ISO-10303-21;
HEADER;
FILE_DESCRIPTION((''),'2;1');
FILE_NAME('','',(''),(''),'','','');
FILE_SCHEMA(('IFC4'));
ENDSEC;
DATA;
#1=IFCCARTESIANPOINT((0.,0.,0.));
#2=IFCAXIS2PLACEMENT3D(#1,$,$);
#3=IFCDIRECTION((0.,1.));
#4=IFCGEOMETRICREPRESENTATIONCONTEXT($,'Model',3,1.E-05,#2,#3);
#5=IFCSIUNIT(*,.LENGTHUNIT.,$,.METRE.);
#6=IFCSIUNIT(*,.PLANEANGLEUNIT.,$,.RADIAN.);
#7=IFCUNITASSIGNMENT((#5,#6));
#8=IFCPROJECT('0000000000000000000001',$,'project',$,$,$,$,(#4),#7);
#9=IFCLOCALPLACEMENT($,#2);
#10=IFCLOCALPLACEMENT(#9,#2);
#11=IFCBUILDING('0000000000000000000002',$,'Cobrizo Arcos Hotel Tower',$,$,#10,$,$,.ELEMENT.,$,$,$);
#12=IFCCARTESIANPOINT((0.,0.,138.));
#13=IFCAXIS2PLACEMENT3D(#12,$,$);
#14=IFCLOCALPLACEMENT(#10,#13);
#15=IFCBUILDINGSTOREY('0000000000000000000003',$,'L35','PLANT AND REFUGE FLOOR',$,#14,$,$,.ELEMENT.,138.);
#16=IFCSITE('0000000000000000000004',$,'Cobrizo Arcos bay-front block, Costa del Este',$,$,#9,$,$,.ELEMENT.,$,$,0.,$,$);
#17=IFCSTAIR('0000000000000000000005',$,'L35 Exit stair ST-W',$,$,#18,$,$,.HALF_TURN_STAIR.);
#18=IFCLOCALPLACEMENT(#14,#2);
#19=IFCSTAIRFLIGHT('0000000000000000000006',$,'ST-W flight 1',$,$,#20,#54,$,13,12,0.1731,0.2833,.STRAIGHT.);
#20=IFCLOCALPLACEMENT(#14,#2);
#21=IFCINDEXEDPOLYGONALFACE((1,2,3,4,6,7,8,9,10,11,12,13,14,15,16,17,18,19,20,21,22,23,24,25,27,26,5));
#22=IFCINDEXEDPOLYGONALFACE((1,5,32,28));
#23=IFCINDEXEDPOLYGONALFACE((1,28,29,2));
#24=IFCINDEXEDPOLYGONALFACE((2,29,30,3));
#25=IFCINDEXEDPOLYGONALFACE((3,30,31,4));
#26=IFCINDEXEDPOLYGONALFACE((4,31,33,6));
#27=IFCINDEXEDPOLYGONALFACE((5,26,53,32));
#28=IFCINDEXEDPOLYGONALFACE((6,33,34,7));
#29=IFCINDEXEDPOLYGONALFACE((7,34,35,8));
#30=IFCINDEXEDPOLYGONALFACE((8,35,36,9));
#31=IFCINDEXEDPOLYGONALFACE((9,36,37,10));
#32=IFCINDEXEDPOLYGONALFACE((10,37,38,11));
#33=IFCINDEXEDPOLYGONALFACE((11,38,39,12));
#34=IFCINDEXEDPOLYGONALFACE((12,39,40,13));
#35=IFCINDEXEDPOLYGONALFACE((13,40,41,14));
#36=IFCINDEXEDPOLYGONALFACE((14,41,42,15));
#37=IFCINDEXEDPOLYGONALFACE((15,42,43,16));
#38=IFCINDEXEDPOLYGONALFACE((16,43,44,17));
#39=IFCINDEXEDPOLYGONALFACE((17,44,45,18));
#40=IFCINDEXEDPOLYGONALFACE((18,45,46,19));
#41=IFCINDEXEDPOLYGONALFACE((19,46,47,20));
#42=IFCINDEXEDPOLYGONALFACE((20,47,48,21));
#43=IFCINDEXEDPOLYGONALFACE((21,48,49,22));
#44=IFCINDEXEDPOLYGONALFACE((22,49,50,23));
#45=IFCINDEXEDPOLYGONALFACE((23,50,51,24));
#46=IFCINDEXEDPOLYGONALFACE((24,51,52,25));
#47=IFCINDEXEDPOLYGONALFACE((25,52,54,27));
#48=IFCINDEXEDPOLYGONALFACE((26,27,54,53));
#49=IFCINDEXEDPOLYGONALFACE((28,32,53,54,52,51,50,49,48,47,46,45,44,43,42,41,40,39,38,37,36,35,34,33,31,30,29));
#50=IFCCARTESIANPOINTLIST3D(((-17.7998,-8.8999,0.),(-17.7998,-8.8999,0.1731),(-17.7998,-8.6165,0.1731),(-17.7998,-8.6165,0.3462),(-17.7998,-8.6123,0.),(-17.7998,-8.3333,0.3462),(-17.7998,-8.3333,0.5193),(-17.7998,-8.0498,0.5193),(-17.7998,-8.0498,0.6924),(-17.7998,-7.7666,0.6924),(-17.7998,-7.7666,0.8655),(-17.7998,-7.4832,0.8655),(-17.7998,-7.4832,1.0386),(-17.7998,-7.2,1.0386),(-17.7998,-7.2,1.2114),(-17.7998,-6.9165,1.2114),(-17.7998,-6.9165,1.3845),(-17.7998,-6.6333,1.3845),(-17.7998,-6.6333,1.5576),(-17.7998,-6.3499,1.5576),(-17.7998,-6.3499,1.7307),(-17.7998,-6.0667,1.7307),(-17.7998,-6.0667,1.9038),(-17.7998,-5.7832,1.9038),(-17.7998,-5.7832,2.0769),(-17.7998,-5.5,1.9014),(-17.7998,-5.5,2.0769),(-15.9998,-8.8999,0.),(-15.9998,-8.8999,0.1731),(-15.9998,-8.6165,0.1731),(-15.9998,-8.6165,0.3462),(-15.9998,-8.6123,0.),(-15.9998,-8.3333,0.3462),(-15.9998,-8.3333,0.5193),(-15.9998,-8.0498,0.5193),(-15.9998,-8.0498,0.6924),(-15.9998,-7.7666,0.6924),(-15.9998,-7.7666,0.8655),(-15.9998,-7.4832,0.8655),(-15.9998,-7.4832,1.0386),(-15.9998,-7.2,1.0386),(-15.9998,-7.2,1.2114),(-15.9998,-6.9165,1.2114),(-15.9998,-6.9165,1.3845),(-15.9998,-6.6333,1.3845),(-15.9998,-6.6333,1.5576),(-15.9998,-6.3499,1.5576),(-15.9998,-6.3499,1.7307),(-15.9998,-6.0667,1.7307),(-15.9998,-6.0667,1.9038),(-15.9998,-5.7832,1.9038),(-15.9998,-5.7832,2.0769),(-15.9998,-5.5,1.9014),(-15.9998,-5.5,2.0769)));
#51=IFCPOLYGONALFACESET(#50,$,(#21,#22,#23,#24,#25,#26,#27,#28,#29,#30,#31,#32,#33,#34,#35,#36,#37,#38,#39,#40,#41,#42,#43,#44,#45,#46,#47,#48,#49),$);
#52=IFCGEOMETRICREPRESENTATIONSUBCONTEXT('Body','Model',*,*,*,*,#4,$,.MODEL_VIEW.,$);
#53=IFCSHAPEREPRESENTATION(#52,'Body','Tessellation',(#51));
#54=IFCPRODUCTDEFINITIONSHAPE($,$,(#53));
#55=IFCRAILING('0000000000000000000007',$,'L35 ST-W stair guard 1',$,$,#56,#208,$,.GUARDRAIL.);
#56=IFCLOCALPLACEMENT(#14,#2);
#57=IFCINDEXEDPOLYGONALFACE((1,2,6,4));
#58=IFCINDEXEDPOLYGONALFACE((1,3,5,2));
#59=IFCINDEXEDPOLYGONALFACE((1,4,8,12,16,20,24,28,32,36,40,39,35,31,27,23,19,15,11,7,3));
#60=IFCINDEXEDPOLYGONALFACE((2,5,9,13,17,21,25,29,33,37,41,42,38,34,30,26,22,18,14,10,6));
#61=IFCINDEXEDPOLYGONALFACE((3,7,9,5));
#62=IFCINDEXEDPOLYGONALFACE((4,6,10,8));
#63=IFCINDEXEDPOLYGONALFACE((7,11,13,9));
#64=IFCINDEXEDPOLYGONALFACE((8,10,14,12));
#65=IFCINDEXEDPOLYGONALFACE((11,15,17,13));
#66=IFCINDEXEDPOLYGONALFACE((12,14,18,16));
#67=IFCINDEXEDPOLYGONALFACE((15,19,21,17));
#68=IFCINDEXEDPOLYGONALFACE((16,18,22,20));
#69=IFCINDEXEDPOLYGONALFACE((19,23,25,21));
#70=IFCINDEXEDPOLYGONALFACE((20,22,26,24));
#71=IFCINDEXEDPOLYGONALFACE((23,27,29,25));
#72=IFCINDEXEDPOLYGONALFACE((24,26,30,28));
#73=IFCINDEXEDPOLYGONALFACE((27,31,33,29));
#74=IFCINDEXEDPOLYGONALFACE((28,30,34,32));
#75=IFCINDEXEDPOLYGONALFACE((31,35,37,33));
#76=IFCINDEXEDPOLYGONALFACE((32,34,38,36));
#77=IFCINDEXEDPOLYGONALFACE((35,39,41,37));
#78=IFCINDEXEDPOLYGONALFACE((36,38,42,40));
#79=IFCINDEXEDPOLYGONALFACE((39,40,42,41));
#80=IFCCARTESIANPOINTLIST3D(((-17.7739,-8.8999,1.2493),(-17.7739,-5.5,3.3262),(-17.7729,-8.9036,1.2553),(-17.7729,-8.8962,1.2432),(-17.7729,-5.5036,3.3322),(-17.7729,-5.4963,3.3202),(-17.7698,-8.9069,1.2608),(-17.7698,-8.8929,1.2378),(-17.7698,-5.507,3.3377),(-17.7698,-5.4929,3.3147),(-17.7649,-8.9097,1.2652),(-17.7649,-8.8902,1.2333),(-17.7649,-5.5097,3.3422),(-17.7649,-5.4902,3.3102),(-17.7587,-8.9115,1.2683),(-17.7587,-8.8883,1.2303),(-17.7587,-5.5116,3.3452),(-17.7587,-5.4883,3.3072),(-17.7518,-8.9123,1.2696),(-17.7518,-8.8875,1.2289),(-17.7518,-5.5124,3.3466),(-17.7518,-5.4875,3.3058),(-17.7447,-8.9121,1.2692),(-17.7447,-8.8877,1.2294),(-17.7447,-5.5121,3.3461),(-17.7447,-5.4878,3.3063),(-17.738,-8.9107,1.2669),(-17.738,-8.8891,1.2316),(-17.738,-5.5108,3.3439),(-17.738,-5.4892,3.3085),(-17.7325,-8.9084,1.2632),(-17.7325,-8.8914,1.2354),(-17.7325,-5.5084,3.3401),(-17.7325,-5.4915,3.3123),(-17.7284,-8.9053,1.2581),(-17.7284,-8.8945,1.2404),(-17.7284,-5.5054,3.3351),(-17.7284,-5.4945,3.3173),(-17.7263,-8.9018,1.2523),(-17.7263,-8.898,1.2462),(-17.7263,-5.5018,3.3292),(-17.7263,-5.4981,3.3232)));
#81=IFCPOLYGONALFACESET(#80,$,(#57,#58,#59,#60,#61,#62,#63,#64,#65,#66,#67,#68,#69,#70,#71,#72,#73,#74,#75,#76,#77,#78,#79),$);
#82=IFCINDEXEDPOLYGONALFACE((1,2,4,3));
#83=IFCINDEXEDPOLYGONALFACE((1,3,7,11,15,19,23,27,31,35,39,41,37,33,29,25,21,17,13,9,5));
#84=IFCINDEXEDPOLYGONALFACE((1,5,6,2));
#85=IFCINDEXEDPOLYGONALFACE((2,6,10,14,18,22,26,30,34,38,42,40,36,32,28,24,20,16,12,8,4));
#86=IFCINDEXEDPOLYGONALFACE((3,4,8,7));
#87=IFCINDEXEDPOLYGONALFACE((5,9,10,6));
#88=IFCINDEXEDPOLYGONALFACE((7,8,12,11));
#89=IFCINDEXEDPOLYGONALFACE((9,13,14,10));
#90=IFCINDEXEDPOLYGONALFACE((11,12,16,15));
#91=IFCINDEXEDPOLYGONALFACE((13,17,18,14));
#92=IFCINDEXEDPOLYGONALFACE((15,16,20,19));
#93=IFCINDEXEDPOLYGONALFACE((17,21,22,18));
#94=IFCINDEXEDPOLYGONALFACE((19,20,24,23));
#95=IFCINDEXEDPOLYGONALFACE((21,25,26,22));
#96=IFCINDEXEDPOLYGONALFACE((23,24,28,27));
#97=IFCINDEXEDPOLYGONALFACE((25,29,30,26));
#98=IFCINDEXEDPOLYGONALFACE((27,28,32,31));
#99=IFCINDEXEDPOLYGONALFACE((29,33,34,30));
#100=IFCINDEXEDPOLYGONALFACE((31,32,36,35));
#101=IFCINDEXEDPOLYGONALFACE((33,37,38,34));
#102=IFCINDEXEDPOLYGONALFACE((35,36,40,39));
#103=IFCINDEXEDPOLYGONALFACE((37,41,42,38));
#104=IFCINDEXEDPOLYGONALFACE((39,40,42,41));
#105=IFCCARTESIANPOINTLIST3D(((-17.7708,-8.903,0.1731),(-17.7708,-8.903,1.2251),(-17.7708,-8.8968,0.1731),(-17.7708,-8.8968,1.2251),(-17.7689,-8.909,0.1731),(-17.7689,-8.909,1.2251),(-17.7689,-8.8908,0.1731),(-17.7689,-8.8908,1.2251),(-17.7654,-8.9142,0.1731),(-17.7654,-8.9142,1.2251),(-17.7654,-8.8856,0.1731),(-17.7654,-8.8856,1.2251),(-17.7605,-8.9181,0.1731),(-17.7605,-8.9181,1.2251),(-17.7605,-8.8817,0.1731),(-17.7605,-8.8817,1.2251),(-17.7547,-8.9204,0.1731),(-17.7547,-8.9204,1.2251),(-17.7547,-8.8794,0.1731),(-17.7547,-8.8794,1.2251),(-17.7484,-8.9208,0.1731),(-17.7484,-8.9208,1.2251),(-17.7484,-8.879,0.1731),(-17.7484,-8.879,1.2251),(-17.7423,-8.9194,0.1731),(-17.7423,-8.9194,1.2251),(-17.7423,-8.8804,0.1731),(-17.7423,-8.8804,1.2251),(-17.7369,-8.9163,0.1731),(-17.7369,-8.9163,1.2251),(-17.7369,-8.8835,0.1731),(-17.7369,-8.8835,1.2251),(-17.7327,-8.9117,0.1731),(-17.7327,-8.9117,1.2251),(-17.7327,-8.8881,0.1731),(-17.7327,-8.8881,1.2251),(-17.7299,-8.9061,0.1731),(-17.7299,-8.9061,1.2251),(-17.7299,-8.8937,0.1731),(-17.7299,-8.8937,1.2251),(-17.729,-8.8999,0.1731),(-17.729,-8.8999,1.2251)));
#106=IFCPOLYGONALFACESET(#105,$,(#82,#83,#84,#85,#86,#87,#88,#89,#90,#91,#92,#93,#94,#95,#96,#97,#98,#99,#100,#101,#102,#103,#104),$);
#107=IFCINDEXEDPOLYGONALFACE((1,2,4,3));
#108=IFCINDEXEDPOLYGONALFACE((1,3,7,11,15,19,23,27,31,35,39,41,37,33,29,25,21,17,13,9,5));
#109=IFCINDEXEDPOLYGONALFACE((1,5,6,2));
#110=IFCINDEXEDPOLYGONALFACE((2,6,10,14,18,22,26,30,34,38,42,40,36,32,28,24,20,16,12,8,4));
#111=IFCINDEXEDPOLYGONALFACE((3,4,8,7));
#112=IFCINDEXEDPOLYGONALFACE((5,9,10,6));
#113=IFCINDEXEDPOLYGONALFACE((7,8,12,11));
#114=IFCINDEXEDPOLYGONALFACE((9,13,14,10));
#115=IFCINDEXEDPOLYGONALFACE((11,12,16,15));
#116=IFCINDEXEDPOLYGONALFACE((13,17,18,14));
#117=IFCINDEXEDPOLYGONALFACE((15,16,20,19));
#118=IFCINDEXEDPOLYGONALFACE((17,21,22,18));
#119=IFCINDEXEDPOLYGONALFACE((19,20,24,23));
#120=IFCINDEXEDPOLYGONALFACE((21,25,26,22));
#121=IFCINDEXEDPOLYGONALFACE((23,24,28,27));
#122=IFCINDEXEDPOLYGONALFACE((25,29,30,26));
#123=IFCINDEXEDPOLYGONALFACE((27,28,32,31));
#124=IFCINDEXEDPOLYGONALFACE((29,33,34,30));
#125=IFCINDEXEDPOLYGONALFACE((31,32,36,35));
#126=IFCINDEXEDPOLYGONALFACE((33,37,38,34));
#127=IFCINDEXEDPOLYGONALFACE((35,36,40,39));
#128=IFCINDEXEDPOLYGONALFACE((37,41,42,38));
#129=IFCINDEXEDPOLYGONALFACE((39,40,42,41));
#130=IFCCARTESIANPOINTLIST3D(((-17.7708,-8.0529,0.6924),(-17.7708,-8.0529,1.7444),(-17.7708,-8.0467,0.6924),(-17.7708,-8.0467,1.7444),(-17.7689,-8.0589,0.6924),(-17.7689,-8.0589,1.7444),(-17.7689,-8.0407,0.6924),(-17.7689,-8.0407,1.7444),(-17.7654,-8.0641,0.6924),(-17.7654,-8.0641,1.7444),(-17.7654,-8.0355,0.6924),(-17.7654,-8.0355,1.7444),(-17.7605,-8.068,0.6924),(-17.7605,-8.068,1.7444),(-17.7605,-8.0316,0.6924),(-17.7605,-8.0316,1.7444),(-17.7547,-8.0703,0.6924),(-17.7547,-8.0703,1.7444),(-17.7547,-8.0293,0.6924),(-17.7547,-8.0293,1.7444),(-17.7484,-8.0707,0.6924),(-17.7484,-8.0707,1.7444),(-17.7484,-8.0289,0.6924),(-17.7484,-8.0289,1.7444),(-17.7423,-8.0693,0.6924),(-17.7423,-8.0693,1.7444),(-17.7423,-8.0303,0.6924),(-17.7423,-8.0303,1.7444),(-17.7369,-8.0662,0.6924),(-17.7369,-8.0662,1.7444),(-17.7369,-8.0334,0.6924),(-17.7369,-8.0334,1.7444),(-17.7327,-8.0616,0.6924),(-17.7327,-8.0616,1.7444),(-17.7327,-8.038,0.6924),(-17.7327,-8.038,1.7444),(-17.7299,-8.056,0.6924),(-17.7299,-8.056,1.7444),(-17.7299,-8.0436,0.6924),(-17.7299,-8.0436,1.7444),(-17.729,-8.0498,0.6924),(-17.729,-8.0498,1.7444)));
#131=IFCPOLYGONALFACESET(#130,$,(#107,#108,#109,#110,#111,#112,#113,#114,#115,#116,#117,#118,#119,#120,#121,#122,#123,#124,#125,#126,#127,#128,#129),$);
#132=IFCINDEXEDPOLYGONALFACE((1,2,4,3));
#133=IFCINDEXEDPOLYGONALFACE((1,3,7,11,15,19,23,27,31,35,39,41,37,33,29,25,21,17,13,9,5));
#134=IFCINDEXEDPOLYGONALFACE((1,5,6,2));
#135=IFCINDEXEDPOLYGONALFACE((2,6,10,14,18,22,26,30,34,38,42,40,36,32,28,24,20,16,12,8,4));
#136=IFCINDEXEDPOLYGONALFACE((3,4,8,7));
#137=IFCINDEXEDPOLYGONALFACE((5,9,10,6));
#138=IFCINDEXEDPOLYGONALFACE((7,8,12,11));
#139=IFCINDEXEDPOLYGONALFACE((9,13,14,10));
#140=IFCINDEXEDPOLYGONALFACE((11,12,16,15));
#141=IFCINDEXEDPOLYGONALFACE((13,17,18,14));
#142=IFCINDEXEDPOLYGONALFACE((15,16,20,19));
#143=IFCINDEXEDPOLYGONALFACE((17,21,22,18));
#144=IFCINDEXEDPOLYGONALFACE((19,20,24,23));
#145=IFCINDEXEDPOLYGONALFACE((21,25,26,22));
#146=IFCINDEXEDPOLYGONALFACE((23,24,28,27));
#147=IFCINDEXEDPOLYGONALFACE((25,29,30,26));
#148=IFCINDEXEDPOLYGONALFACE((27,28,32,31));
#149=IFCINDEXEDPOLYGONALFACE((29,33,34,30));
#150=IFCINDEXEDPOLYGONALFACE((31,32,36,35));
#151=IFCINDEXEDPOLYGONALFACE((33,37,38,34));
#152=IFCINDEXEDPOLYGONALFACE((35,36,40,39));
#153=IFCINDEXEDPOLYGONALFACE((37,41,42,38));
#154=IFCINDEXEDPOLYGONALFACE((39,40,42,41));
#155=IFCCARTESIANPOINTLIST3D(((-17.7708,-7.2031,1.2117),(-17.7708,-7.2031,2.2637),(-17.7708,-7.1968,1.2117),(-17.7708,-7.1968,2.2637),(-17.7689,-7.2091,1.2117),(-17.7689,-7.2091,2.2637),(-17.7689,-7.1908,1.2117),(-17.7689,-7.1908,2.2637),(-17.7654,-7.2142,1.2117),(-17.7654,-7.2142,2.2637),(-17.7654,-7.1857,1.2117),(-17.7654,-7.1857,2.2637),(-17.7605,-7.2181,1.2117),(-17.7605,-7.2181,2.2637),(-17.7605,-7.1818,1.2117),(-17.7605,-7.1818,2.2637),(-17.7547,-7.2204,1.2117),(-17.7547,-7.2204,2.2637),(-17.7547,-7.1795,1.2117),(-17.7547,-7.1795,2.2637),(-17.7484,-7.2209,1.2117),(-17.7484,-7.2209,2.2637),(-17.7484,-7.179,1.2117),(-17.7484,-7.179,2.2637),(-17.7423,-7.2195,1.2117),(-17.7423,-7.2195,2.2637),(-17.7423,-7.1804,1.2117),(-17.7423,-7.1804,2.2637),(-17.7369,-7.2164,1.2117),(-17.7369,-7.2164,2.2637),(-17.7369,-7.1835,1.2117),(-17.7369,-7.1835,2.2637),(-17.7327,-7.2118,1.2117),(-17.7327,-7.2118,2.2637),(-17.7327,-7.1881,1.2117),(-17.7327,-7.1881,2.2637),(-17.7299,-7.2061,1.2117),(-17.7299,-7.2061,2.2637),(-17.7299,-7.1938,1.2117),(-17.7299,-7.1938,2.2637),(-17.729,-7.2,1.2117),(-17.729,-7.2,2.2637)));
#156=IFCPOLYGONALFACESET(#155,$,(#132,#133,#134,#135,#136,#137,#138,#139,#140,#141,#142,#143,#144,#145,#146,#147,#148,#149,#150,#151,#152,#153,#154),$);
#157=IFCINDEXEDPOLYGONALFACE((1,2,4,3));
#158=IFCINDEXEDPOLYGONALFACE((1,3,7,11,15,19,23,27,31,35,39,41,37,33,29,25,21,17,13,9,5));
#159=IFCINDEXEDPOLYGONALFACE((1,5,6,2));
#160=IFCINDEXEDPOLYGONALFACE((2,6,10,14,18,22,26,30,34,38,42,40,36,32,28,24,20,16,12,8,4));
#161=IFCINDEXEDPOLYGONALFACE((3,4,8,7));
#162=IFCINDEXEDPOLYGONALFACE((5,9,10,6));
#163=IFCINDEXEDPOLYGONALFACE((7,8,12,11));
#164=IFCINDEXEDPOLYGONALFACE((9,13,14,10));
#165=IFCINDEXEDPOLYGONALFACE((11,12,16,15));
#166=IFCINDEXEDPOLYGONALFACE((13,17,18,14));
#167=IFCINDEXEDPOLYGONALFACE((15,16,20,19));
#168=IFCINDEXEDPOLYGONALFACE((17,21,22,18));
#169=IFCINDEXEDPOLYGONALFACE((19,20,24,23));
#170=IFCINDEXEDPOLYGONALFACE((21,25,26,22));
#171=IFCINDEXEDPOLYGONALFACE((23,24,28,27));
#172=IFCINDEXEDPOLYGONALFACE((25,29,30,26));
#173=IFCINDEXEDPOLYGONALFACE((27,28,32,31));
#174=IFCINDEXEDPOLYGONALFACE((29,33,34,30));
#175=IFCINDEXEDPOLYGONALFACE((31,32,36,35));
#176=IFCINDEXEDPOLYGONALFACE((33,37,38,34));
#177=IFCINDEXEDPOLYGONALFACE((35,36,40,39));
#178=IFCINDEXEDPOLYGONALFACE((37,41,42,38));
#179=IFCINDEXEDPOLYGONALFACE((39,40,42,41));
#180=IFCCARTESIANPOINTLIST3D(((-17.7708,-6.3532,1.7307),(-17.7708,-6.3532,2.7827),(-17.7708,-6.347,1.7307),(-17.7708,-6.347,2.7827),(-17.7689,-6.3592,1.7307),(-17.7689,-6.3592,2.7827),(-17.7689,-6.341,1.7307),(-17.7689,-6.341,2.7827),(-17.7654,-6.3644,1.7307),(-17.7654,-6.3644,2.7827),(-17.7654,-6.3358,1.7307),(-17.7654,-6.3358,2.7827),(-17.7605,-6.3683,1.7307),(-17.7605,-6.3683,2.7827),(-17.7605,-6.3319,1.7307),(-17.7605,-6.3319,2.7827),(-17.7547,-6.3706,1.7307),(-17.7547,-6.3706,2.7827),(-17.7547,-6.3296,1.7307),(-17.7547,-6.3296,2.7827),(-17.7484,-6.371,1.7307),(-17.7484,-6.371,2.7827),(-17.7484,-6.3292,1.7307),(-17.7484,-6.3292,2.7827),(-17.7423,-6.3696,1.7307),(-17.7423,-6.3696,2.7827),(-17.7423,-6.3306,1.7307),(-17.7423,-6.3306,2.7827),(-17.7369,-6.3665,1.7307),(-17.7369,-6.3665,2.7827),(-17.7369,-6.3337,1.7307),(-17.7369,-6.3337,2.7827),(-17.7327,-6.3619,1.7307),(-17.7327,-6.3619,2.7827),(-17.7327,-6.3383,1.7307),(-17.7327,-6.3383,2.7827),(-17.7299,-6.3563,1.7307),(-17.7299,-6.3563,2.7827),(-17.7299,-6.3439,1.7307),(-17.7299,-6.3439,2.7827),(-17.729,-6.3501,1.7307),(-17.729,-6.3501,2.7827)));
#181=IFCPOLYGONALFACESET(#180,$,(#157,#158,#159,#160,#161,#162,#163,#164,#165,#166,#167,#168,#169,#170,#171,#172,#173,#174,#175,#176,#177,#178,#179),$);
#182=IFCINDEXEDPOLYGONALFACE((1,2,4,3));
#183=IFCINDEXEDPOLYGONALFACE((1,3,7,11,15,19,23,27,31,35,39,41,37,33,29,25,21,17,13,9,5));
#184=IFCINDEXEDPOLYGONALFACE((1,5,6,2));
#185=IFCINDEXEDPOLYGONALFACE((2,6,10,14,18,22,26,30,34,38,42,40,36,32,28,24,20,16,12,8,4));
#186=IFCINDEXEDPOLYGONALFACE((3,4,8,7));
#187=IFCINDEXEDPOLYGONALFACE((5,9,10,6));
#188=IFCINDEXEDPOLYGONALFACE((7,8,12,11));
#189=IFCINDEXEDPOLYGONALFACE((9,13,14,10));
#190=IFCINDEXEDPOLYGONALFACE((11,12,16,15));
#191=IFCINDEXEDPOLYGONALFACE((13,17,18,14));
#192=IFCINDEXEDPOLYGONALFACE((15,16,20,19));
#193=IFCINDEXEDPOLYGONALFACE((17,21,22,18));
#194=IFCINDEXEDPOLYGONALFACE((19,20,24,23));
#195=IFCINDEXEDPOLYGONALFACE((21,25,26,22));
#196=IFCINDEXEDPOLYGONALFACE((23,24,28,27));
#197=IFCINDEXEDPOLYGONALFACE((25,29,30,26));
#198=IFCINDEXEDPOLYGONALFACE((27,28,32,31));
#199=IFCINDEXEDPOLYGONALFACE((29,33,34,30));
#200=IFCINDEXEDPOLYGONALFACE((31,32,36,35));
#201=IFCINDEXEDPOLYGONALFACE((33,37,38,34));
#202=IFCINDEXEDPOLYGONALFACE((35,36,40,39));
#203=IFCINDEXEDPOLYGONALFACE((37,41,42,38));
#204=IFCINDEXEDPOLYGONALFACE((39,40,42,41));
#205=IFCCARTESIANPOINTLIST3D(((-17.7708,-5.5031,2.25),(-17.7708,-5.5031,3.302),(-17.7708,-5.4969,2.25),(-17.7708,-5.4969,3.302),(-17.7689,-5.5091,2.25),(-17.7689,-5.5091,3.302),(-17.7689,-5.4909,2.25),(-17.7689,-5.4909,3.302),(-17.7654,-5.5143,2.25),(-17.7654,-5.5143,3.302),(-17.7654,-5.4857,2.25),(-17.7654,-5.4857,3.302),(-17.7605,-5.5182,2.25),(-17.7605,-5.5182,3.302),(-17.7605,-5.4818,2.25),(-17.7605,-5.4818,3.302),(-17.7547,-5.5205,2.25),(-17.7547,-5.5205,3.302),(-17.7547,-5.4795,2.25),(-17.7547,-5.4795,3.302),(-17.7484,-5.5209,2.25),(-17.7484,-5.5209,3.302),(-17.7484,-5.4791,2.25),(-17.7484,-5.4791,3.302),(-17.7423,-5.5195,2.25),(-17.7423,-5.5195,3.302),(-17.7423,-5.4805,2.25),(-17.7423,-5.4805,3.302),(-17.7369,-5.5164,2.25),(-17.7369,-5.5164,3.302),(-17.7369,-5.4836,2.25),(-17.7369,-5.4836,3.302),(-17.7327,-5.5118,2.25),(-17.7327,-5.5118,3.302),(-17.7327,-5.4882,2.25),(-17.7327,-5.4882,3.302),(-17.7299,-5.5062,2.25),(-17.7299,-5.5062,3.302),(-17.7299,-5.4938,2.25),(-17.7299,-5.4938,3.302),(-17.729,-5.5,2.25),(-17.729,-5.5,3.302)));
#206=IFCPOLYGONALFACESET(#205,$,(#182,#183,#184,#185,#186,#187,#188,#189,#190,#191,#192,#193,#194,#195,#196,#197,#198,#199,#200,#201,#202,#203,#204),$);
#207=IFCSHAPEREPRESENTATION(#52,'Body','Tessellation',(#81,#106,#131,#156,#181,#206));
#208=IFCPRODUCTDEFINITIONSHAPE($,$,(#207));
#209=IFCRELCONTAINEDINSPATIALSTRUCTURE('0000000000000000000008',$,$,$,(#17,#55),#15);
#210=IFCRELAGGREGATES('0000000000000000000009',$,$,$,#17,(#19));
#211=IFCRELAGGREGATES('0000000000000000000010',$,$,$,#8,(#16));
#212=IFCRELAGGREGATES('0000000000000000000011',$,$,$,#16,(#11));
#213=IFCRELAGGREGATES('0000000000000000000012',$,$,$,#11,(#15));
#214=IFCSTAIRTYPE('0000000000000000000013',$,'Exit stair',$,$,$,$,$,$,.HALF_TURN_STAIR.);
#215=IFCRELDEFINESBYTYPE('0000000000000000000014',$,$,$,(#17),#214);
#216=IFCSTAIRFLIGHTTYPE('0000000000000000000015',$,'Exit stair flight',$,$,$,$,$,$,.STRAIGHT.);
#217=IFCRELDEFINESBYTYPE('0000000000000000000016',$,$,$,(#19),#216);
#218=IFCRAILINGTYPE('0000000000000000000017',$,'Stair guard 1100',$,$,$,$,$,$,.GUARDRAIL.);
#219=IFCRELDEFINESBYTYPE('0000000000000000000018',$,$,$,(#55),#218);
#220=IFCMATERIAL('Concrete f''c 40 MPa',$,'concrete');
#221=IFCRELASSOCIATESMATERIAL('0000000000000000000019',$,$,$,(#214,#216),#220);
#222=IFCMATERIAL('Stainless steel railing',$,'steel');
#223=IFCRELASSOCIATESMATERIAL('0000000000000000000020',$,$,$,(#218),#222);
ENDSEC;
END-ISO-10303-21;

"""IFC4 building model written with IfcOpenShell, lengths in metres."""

from ifc_helpers import new_model, si_unit, direction, frame, origin, origin_2d, place, context, subcontext, project, spatial, polyline, circle, outline, extrude, material, type_object, element, aggregate, save


model = new_model("IFC4")

# Units and contexts
model_context = context("Model", 3, precision=1e-05, world=origin(), true_north=direction((0.0, 1.0)))
body_context = subcontext(model_context, "Body", "Model", "MODEL_VIEW")
ifc_project = project(units=[si_unit("LENGTHUNIT", "METRE"), si_unit("PLANEANGLEUNIT", "RADIAN")], contexts=[model_context])

# Site, building, storey
site_placement = place(None, origin())
site = spatial("IfcSite", under=ifc_project, at=site_placement, Name="Cobrizo Arcos bay-front block, Costa del Este", CompositionType="ELEMENT", RefElevation=0.0)
building_placement = place(site_placement, origin())
building = spatial("IfcBuilding", under=site, at=building_placement, Name="Cobrizo Arcos Hotel Tower", CompositionType="ELEMENT")
storey_placement = place(building_placement, frame((0.0, 0.0, 138.0)))
storey = spatial("IfcBuildingStorey", under=building, at=storey_placement, Name="L35", Description="PLANT AND REFUGE FLOOR", CompositionType="ELEMENT", Elevation=138.0)

# Stair, stair flight
ifc_material_1 = material(Name="Concrete f'c 40 MPa", Category="concrete")
stair_type = type_object("IfcStairType", Name="Exit stair", PredefinedType="HALF_TURN_STAIR", material=ifc_material_1)
stair_placement = place(storey_placement, origin())
stair = element("IfcStair", 1, at=stair_placement, inside=storey, type_object=stair_type, Name="L35 Exit stair ST-W", PredefinedType="HALF_TURN_STAIR")
stair_flight_type = type_object("IfcStairFlightType", Name="Exit stair flight", PredefinedType="STRAIGHT", material=ifc_material_1)
stair_flight_placement = place(storey_placement, frame((-16.8999, -8.8999, 0.0), z_axis=(0.0, 0.0, 1.0), x_axis=(0.0, 1.0, 0.0)))
stair_flight = element("IfcStairFlight", 2, at=stair_flight_placement, type_object=stair_flight_type, Name="ST-W flight 1", NumberOfRisers=13, NumberOfTreads=12, PredefinedType="STRAIGHT", RiserHeight=0.1731, TreadLength=0.2833, context=body_context, shape_type="SweptSolid", body=[
    extrude(outline(polyline([(0.0, 0.0), (0.0, 0.1731), (0.2834, 0.1731), (0.2834, 0.3462), (0.5667, 0.3462), (0.5667, 0.5193), (0.8501, 0.5193), (0.8501, 0.6924), (1.1333, 0.6924), (1.1333, 0.8655), (1.4167, 0.8655), (1.4167, 1.0386), (1.7, 1.0386), (1.7, 1.2114), (1.9834, 1.2114), (1.9834, 1.3845), (2.2666, 1.3845), (2.2666, 1.5576), (2.55, 1.5576), (2.55, 1.7307), (2.8333, 1.7307), (2.8333, 1.9038), (3.1167, 1.9038), (3.1167, 2.0769), (3.3999, 2.0769), (3.3999, 2.25), (3.3999, 1.9014), (0.2876, 0.0), (0.0, 0.0)])), frame((0.0, 0.8999, 0.0), z_axis=(0.0, -1.0, 0.0), x_axis=(1.0, 0.0, 0.0)), (0.0, 0.0, 1.0), 1.8),
])
aggregate(stair, [stair_flight])

# Railing
ifc_material_2 = material(Name="Stainless steel railing", Category="steel")
railing_type_1 = type_object("IfcRailingType", Name="Stair guard 1100", PredefinedType="GUARDRAIL", material=ifc_material_2)
railing_1_placement = place(storey_placement, frame((-17.75, -8.8999, 0.1731)))
element("IfcRailing", 3, at=railing_1_placement, inside=storey, type_object=railing_type_1, Name="L35 ST-W stair guard 1", PredefinedType="GUARDRAIL", context=body_context, shape_type="SweptSolid", body=[
    extrude(circle(Radius=0.0239, at=origin_2d()), frame((0.0, 0.0, 1.0762), z_axis=(0.0, 0.853373, 0.521301), x_axis=(-1.0, 0.0, 0.0)), (0.0, 0.0, 1.0), 3.9841),
    extrude(circle(Radius=0.021, at=origin_2d()), origin(), (0.0, 0.0, 1.0), 1.052),
    extrude(circle(Radius=0.021, at=origin_2d()), frame((0.0, 0.8501, 0.5193)), (0.0, 0.0, 1.0), 1.052),
    extrude(circle(Radius=0.021, at=origin_2d()), frame((0.0, 1.7, 1.0386)), (0.0, 0.0, 1.0), 1.052),
    extrude(circle(Radius=0.021, at=origin_2d()), frame((0.0, 2.5498, 1.5576)), (0.0, 0.0, 1.0), 1.052),
    extrude(circle(Radius=0.021, at=origin_2d()), frame((0.0, 3.3999, 2.0769)), (0.0, 0.0, 1.0), 1.052),
])

save(model, "model.ifc")
